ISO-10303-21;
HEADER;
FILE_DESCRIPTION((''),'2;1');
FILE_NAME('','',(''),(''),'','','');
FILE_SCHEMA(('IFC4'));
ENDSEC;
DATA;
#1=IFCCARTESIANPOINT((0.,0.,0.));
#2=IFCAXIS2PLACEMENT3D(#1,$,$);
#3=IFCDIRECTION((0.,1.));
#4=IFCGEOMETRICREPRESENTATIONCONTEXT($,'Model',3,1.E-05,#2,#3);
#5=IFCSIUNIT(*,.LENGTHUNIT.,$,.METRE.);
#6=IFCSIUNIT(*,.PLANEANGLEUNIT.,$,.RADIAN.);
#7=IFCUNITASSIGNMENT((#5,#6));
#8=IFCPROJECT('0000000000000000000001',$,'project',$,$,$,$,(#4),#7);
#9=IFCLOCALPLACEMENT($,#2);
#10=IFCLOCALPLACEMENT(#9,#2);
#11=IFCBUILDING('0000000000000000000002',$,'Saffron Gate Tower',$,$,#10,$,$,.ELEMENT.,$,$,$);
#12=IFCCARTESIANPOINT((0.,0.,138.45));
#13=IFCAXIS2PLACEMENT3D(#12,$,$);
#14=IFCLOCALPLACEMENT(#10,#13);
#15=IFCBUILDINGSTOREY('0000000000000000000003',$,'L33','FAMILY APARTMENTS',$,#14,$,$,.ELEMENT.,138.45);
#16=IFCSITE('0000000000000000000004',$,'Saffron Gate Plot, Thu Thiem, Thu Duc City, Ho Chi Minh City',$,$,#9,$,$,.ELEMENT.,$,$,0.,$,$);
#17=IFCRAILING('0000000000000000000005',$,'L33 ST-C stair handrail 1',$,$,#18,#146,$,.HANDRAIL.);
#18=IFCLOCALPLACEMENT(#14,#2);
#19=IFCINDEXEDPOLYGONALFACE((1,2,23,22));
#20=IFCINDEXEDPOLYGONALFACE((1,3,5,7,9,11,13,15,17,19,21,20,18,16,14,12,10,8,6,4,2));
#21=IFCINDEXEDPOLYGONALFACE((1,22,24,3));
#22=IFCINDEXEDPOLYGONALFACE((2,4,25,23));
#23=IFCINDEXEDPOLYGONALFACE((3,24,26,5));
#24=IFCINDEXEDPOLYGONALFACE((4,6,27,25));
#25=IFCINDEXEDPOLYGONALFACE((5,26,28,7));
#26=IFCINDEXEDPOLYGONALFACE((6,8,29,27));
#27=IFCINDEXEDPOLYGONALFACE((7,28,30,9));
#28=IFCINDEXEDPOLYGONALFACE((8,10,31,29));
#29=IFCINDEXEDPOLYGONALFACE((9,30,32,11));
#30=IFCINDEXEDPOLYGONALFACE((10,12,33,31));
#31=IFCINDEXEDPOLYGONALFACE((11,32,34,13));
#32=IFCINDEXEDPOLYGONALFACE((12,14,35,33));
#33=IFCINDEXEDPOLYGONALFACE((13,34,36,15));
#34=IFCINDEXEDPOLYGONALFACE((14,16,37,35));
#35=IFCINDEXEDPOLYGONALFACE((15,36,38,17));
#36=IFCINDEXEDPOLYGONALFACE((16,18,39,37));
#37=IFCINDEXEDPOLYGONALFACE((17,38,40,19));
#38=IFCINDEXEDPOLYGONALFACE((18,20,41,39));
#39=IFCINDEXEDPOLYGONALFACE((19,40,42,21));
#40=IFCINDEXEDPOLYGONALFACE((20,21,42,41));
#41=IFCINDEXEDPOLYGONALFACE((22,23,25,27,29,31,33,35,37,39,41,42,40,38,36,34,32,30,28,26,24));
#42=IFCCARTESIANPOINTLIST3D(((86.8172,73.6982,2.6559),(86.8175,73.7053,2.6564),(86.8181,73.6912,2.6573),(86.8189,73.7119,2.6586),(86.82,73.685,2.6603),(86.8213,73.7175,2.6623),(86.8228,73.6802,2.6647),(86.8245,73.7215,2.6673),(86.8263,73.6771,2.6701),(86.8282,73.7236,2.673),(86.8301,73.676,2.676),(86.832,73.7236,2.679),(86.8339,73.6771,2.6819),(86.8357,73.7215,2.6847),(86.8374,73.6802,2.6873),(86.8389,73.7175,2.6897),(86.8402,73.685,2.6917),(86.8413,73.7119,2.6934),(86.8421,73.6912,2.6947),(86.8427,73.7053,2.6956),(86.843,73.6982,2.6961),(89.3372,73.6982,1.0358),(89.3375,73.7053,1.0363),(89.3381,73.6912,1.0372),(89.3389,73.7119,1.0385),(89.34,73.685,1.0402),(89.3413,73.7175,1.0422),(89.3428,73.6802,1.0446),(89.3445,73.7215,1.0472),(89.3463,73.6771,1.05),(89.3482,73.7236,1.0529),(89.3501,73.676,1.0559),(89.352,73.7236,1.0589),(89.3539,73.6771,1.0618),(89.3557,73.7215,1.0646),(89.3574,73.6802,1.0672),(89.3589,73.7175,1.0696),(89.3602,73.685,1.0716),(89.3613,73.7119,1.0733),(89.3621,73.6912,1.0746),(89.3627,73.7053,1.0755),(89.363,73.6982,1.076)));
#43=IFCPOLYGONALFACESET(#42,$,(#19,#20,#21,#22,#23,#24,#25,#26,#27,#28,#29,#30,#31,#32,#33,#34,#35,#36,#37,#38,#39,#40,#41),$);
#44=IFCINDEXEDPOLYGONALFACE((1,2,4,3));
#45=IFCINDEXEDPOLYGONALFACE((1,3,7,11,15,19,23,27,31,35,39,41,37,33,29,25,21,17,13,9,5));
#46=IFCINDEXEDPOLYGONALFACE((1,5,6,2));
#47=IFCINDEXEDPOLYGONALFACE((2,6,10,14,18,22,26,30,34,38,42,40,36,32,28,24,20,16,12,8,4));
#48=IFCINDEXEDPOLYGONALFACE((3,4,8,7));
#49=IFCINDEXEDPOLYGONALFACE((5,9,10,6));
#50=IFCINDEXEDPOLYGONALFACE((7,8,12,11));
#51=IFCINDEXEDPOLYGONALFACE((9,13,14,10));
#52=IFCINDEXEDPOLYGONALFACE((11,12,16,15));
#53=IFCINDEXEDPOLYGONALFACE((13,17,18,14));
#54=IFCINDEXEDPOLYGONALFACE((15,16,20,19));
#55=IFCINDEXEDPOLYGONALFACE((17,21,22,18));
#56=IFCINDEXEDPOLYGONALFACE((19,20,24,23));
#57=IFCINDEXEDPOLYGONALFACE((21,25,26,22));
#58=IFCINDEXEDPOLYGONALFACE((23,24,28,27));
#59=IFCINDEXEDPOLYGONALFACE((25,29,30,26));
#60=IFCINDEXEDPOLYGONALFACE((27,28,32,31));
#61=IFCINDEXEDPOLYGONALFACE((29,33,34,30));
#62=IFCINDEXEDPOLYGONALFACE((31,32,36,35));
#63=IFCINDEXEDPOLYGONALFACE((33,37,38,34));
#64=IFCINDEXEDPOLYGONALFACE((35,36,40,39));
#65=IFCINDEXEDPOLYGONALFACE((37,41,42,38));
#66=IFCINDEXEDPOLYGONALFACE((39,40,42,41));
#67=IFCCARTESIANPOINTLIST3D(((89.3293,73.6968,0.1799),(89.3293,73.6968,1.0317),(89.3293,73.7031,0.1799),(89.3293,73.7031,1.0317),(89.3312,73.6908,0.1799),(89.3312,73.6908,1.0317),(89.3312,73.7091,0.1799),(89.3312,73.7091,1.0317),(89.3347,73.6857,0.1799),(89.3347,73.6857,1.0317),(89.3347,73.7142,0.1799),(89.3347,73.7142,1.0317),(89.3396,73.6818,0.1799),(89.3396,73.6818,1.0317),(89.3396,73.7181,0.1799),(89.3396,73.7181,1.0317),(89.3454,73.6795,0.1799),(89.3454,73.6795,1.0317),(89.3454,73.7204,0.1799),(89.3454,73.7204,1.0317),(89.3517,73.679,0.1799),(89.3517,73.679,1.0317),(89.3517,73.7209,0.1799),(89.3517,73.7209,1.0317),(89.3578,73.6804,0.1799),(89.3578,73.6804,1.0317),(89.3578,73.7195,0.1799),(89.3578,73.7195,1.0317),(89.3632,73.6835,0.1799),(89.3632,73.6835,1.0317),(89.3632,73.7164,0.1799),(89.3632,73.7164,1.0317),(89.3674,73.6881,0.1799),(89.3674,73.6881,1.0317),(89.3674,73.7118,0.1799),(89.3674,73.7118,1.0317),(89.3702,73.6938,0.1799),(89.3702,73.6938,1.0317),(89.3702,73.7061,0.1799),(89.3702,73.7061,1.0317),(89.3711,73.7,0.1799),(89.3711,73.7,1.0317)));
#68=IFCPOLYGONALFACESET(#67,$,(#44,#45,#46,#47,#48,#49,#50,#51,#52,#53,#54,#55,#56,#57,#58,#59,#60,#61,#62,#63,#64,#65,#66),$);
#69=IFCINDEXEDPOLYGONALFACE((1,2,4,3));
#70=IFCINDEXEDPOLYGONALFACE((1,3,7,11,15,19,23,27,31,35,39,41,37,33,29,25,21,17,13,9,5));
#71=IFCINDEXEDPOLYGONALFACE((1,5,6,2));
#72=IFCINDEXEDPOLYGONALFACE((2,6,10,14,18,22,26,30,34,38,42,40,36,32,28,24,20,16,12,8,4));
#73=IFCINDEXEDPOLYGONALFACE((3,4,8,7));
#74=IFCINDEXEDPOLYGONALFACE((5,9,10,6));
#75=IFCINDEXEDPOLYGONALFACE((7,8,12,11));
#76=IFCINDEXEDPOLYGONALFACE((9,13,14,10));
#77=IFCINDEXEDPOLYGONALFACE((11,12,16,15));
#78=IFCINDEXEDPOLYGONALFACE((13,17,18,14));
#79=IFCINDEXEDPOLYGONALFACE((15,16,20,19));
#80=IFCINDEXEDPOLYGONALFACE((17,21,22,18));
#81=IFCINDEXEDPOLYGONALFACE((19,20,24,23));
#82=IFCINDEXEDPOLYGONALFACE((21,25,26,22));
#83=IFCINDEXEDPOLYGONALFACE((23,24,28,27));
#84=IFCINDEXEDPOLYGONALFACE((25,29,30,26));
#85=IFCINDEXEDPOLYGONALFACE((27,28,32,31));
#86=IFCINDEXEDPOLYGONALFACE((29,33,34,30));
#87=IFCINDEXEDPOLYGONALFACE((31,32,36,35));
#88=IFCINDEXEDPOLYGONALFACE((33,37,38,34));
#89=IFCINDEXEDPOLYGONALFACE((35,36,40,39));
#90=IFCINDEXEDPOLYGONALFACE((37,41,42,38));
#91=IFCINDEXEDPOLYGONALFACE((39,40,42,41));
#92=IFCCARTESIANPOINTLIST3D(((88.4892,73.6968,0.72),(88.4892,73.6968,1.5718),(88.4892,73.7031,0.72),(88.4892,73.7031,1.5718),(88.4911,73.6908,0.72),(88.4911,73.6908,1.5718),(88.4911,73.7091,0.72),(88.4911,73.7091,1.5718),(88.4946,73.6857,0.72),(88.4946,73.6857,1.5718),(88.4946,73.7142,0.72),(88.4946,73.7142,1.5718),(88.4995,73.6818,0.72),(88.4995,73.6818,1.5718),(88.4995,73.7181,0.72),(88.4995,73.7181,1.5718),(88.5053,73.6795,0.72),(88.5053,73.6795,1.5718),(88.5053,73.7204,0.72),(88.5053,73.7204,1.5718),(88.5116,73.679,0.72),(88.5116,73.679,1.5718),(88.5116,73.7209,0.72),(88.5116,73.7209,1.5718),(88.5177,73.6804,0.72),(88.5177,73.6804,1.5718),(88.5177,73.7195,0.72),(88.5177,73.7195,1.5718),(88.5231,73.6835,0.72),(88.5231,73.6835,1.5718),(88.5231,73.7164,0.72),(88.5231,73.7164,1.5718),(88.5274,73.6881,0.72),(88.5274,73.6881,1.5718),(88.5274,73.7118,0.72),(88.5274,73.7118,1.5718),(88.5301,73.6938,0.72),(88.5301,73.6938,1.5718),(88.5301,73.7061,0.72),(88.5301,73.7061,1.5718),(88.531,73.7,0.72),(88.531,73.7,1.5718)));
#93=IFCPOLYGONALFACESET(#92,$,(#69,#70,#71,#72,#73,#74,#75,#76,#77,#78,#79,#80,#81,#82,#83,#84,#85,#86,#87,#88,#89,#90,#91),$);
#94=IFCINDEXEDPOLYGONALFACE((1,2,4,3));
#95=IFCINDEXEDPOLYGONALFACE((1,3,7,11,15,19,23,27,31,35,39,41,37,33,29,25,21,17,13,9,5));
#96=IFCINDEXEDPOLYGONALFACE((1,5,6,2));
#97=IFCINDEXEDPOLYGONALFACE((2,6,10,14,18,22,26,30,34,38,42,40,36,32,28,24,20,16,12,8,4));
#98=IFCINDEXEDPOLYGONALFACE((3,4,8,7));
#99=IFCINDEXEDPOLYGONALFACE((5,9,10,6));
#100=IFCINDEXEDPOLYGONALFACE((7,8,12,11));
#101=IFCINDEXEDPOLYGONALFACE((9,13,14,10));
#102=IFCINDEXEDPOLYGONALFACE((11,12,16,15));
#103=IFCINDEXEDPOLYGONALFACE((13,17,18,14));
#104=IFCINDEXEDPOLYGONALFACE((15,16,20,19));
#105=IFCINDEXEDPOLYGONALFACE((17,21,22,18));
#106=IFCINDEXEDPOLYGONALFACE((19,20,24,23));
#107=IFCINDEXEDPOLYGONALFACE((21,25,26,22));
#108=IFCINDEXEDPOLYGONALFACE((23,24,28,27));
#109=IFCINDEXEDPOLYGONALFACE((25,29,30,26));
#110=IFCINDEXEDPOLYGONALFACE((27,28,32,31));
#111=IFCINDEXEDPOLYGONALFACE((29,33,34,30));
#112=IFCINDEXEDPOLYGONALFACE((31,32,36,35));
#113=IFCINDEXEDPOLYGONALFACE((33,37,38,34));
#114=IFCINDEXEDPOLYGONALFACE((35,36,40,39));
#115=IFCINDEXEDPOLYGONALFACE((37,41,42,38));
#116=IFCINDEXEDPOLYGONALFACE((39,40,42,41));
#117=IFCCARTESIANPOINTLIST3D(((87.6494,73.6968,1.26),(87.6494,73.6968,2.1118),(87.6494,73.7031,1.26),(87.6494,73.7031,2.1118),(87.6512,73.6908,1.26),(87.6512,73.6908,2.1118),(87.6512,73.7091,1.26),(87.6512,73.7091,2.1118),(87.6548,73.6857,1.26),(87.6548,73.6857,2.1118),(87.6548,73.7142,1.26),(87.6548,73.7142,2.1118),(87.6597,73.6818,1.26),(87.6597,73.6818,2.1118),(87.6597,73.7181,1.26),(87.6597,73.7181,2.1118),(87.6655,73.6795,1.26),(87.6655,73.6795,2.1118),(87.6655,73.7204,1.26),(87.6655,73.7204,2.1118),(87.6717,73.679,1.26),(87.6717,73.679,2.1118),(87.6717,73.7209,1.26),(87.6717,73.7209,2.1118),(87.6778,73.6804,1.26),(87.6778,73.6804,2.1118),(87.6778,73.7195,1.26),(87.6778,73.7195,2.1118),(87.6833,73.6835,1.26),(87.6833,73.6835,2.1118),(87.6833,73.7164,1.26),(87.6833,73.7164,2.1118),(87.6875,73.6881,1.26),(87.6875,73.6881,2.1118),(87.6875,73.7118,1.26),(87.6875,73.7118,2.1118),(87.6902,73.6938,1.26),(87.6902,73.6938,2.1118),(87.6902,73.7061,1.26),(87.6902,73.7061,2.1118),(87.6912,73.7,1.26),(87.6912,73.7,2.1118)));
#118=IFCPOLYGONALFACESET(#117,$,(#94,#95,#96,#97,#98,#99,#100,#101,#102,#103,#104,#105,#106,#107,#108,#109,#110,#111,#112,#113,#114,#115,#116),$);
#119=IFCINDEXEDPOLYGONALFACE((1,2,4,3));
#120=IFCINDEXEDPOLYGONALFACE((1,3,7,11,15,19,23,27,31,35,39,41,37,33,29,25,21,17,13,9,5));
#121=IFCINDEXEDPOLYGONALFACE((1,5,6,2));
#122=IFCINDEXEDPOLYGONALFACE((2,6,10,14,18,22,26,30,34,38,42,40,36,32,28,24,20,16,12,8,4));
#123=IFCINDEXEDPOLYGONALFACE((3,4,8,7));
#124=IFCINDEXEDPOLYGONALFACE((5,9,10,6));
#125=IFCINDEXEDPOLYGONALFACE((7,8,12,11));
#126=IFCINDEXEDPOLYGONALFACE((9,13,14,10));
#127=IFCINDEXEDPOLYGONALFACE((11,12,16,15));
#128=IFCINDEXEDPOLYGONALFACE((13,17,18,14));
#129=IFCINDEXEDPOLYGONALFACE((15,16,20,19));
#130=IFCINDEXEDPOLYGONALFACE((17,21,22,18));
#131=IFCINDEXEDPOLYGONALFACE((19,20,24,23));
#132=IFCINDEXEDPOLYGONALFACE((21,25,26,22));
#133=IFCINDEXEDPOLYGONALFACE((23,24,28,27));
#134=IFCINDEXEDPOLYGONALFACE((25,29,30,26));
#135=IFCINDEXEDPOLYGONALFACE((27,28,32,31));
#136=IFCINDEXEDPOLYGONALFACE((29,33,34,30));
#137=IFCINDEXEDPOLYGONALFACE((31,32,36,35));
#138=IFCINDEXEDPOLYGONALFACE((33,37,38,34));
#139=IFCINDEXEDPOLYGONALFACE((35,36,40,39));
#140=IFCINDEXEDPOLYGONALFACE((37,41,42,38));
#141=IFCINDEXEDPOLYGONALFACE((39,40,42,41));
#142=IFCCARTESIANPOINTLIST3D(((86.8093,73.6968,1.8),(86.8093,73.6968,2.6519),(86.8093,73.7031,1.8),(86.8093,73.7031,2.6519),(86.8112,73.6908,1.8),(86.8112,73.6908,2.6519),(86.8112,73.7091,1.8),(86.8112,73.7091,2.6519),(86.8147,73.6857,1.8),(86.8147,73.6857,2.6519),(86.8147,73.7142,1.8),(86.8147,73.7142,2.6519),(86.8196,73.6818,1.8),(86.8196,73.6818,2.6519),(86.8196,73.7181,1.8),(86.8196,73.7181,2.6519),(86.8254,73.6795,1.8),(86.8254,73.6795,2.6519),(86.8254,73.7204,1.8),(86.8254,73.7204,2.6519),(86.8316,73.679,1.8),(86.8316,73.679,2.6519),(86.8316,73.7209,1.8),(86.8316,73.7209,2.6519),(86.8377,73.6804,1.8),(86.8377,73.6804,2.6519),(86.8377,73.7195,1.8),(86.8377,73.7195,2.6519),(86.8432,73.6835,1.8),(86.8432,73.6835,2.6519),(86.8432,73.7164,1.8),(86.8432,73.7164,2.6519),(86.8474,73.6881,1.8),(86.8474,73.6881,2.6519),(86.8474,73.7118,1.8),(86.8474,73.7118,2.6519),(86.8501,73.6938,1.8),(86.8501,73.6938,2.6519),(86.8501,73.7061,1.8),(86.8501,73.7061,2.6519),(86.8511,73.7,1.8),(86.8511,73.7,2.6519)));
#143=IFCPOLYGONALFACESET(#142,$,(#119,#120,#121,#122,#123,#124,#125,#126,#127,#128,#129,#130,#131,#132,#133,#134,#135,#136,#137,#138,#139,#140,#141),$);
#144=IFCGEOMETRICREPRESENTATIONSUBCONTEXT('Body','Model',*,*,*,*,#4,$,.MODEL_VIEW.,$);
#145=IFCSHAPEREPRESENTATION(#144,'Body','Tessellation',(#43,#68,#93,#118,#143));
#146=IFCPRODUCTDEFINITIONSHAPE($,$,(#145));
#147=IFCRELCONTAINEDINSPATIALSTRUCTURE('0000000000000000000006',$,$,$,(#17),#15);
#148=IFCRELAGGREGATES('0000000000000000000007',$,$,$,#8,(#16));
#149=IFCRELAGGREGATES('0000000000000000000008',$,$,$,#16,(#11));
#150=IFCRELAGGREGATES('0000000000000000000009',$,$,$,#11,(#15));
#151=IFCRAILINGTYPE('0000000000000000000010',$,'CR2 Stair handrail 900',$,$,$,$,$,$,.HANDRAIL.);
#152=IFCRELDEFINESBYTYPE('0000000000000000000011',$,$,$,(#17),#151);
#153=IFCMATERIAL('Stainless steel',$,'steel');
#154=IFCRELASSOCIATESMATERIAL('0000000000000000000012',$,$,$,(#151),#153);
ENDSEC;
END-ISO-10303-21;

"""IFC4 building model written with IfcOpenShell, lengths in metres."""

from ifc_helpers import new_model, si_unit, direction, frame, origin, origin_2d, place, context, subcontext, project, spatial, circle, extrude, material, type_object, element, save


model = new_model("IFC4")

# Units and contexts
model_context = context("Model", 3, precision=1e-05, world=origin(), true_north=direction((0.0, 1.0)))
body_context = subcontext(model_context, "Body", "Model", "MODEL_VIEW")
ifc_project = project(units=[si_unit("LENGTHUNIT", "METRE"), si_unit("PLANEANGLEUNIT", "RADIAN")], contexts=[model_context])

# Site, building, storey
site_placement = place(None, origin())
site = spatial("IfcSite", under=ifc_project, at=site_placement, Name="Saffron Gate Plot, Thu Thiem, Thu Duc City, Ho Chi Minh City", CompositionType="ELEMENT", RefElevation=0.0)
building_placement = place(site_placement, origin())
building = spatial("IfcBuilding", under=site, at=building_placement, Name="Saffron Gate Tower", CompositionType="ELEMENT")
storey_placement = place(building_placement, frame((0.0, 0.0, 138.45)))
storey = spatial("IfcBuildingStorey", under=building, at=storey_placement, Name="L33", Description="FAMILY APARTMENTS", CompositionType="ELEMENT", Elevation=138.45)

# Railing
ifc_material_1 = material(Name="Stainless steel", Category="steel")
railing_type_1 = type_object("IfcRailingType", Name="CR2 Stair handrail 900", PredefinedType="HANDRAIL", material=ifc_material_1)
railing_1_placement = place(storey_placement, frame((89.3501, 73.7, 0.1799)))
element("IfcRailing", 1, at=railing_1_placement, inside=storey, type_object=railing_type_1, Name="L33 ST-C stair handrail 1", PredefinedType="HANDRAIL", context=body_context, shape_type="SweptSolid", body=[
    extrude(circle(Radius=0.0239, at=origin_2d()), frame((0.0, 0.0, 0.876), z_axis=(-0.841163, 0.0, 0.540782), x_axis=(0.0, -1.0, 0.0)), (0.0, 0.0, 1.0), 2.9958),
    extrude(circle(Radius=0.021, at=origin_2d()), origin(), (0.0, 0.0, 1.0), 0.8518),
    extrude(circle(Radius=0.021, at=origin_2d()), frame((-0.8401, 0.0, 0.54)), (0.0, 0.0, 1.0), 0.8518),
    extrude(circle(Radius=0.021, at=origin_2d()), frame((-1.6799, 0.0, 1.0801)), (0.0, 0.0, 1.0), 0.8518),
    extrude(circle(Radius=0.021, at=origin_2d()), frame((-2.52, 0.0, 1.6201)), (0.0, 0.0, 1.0), 0.8518),
])

save(model, "model.ifc")
